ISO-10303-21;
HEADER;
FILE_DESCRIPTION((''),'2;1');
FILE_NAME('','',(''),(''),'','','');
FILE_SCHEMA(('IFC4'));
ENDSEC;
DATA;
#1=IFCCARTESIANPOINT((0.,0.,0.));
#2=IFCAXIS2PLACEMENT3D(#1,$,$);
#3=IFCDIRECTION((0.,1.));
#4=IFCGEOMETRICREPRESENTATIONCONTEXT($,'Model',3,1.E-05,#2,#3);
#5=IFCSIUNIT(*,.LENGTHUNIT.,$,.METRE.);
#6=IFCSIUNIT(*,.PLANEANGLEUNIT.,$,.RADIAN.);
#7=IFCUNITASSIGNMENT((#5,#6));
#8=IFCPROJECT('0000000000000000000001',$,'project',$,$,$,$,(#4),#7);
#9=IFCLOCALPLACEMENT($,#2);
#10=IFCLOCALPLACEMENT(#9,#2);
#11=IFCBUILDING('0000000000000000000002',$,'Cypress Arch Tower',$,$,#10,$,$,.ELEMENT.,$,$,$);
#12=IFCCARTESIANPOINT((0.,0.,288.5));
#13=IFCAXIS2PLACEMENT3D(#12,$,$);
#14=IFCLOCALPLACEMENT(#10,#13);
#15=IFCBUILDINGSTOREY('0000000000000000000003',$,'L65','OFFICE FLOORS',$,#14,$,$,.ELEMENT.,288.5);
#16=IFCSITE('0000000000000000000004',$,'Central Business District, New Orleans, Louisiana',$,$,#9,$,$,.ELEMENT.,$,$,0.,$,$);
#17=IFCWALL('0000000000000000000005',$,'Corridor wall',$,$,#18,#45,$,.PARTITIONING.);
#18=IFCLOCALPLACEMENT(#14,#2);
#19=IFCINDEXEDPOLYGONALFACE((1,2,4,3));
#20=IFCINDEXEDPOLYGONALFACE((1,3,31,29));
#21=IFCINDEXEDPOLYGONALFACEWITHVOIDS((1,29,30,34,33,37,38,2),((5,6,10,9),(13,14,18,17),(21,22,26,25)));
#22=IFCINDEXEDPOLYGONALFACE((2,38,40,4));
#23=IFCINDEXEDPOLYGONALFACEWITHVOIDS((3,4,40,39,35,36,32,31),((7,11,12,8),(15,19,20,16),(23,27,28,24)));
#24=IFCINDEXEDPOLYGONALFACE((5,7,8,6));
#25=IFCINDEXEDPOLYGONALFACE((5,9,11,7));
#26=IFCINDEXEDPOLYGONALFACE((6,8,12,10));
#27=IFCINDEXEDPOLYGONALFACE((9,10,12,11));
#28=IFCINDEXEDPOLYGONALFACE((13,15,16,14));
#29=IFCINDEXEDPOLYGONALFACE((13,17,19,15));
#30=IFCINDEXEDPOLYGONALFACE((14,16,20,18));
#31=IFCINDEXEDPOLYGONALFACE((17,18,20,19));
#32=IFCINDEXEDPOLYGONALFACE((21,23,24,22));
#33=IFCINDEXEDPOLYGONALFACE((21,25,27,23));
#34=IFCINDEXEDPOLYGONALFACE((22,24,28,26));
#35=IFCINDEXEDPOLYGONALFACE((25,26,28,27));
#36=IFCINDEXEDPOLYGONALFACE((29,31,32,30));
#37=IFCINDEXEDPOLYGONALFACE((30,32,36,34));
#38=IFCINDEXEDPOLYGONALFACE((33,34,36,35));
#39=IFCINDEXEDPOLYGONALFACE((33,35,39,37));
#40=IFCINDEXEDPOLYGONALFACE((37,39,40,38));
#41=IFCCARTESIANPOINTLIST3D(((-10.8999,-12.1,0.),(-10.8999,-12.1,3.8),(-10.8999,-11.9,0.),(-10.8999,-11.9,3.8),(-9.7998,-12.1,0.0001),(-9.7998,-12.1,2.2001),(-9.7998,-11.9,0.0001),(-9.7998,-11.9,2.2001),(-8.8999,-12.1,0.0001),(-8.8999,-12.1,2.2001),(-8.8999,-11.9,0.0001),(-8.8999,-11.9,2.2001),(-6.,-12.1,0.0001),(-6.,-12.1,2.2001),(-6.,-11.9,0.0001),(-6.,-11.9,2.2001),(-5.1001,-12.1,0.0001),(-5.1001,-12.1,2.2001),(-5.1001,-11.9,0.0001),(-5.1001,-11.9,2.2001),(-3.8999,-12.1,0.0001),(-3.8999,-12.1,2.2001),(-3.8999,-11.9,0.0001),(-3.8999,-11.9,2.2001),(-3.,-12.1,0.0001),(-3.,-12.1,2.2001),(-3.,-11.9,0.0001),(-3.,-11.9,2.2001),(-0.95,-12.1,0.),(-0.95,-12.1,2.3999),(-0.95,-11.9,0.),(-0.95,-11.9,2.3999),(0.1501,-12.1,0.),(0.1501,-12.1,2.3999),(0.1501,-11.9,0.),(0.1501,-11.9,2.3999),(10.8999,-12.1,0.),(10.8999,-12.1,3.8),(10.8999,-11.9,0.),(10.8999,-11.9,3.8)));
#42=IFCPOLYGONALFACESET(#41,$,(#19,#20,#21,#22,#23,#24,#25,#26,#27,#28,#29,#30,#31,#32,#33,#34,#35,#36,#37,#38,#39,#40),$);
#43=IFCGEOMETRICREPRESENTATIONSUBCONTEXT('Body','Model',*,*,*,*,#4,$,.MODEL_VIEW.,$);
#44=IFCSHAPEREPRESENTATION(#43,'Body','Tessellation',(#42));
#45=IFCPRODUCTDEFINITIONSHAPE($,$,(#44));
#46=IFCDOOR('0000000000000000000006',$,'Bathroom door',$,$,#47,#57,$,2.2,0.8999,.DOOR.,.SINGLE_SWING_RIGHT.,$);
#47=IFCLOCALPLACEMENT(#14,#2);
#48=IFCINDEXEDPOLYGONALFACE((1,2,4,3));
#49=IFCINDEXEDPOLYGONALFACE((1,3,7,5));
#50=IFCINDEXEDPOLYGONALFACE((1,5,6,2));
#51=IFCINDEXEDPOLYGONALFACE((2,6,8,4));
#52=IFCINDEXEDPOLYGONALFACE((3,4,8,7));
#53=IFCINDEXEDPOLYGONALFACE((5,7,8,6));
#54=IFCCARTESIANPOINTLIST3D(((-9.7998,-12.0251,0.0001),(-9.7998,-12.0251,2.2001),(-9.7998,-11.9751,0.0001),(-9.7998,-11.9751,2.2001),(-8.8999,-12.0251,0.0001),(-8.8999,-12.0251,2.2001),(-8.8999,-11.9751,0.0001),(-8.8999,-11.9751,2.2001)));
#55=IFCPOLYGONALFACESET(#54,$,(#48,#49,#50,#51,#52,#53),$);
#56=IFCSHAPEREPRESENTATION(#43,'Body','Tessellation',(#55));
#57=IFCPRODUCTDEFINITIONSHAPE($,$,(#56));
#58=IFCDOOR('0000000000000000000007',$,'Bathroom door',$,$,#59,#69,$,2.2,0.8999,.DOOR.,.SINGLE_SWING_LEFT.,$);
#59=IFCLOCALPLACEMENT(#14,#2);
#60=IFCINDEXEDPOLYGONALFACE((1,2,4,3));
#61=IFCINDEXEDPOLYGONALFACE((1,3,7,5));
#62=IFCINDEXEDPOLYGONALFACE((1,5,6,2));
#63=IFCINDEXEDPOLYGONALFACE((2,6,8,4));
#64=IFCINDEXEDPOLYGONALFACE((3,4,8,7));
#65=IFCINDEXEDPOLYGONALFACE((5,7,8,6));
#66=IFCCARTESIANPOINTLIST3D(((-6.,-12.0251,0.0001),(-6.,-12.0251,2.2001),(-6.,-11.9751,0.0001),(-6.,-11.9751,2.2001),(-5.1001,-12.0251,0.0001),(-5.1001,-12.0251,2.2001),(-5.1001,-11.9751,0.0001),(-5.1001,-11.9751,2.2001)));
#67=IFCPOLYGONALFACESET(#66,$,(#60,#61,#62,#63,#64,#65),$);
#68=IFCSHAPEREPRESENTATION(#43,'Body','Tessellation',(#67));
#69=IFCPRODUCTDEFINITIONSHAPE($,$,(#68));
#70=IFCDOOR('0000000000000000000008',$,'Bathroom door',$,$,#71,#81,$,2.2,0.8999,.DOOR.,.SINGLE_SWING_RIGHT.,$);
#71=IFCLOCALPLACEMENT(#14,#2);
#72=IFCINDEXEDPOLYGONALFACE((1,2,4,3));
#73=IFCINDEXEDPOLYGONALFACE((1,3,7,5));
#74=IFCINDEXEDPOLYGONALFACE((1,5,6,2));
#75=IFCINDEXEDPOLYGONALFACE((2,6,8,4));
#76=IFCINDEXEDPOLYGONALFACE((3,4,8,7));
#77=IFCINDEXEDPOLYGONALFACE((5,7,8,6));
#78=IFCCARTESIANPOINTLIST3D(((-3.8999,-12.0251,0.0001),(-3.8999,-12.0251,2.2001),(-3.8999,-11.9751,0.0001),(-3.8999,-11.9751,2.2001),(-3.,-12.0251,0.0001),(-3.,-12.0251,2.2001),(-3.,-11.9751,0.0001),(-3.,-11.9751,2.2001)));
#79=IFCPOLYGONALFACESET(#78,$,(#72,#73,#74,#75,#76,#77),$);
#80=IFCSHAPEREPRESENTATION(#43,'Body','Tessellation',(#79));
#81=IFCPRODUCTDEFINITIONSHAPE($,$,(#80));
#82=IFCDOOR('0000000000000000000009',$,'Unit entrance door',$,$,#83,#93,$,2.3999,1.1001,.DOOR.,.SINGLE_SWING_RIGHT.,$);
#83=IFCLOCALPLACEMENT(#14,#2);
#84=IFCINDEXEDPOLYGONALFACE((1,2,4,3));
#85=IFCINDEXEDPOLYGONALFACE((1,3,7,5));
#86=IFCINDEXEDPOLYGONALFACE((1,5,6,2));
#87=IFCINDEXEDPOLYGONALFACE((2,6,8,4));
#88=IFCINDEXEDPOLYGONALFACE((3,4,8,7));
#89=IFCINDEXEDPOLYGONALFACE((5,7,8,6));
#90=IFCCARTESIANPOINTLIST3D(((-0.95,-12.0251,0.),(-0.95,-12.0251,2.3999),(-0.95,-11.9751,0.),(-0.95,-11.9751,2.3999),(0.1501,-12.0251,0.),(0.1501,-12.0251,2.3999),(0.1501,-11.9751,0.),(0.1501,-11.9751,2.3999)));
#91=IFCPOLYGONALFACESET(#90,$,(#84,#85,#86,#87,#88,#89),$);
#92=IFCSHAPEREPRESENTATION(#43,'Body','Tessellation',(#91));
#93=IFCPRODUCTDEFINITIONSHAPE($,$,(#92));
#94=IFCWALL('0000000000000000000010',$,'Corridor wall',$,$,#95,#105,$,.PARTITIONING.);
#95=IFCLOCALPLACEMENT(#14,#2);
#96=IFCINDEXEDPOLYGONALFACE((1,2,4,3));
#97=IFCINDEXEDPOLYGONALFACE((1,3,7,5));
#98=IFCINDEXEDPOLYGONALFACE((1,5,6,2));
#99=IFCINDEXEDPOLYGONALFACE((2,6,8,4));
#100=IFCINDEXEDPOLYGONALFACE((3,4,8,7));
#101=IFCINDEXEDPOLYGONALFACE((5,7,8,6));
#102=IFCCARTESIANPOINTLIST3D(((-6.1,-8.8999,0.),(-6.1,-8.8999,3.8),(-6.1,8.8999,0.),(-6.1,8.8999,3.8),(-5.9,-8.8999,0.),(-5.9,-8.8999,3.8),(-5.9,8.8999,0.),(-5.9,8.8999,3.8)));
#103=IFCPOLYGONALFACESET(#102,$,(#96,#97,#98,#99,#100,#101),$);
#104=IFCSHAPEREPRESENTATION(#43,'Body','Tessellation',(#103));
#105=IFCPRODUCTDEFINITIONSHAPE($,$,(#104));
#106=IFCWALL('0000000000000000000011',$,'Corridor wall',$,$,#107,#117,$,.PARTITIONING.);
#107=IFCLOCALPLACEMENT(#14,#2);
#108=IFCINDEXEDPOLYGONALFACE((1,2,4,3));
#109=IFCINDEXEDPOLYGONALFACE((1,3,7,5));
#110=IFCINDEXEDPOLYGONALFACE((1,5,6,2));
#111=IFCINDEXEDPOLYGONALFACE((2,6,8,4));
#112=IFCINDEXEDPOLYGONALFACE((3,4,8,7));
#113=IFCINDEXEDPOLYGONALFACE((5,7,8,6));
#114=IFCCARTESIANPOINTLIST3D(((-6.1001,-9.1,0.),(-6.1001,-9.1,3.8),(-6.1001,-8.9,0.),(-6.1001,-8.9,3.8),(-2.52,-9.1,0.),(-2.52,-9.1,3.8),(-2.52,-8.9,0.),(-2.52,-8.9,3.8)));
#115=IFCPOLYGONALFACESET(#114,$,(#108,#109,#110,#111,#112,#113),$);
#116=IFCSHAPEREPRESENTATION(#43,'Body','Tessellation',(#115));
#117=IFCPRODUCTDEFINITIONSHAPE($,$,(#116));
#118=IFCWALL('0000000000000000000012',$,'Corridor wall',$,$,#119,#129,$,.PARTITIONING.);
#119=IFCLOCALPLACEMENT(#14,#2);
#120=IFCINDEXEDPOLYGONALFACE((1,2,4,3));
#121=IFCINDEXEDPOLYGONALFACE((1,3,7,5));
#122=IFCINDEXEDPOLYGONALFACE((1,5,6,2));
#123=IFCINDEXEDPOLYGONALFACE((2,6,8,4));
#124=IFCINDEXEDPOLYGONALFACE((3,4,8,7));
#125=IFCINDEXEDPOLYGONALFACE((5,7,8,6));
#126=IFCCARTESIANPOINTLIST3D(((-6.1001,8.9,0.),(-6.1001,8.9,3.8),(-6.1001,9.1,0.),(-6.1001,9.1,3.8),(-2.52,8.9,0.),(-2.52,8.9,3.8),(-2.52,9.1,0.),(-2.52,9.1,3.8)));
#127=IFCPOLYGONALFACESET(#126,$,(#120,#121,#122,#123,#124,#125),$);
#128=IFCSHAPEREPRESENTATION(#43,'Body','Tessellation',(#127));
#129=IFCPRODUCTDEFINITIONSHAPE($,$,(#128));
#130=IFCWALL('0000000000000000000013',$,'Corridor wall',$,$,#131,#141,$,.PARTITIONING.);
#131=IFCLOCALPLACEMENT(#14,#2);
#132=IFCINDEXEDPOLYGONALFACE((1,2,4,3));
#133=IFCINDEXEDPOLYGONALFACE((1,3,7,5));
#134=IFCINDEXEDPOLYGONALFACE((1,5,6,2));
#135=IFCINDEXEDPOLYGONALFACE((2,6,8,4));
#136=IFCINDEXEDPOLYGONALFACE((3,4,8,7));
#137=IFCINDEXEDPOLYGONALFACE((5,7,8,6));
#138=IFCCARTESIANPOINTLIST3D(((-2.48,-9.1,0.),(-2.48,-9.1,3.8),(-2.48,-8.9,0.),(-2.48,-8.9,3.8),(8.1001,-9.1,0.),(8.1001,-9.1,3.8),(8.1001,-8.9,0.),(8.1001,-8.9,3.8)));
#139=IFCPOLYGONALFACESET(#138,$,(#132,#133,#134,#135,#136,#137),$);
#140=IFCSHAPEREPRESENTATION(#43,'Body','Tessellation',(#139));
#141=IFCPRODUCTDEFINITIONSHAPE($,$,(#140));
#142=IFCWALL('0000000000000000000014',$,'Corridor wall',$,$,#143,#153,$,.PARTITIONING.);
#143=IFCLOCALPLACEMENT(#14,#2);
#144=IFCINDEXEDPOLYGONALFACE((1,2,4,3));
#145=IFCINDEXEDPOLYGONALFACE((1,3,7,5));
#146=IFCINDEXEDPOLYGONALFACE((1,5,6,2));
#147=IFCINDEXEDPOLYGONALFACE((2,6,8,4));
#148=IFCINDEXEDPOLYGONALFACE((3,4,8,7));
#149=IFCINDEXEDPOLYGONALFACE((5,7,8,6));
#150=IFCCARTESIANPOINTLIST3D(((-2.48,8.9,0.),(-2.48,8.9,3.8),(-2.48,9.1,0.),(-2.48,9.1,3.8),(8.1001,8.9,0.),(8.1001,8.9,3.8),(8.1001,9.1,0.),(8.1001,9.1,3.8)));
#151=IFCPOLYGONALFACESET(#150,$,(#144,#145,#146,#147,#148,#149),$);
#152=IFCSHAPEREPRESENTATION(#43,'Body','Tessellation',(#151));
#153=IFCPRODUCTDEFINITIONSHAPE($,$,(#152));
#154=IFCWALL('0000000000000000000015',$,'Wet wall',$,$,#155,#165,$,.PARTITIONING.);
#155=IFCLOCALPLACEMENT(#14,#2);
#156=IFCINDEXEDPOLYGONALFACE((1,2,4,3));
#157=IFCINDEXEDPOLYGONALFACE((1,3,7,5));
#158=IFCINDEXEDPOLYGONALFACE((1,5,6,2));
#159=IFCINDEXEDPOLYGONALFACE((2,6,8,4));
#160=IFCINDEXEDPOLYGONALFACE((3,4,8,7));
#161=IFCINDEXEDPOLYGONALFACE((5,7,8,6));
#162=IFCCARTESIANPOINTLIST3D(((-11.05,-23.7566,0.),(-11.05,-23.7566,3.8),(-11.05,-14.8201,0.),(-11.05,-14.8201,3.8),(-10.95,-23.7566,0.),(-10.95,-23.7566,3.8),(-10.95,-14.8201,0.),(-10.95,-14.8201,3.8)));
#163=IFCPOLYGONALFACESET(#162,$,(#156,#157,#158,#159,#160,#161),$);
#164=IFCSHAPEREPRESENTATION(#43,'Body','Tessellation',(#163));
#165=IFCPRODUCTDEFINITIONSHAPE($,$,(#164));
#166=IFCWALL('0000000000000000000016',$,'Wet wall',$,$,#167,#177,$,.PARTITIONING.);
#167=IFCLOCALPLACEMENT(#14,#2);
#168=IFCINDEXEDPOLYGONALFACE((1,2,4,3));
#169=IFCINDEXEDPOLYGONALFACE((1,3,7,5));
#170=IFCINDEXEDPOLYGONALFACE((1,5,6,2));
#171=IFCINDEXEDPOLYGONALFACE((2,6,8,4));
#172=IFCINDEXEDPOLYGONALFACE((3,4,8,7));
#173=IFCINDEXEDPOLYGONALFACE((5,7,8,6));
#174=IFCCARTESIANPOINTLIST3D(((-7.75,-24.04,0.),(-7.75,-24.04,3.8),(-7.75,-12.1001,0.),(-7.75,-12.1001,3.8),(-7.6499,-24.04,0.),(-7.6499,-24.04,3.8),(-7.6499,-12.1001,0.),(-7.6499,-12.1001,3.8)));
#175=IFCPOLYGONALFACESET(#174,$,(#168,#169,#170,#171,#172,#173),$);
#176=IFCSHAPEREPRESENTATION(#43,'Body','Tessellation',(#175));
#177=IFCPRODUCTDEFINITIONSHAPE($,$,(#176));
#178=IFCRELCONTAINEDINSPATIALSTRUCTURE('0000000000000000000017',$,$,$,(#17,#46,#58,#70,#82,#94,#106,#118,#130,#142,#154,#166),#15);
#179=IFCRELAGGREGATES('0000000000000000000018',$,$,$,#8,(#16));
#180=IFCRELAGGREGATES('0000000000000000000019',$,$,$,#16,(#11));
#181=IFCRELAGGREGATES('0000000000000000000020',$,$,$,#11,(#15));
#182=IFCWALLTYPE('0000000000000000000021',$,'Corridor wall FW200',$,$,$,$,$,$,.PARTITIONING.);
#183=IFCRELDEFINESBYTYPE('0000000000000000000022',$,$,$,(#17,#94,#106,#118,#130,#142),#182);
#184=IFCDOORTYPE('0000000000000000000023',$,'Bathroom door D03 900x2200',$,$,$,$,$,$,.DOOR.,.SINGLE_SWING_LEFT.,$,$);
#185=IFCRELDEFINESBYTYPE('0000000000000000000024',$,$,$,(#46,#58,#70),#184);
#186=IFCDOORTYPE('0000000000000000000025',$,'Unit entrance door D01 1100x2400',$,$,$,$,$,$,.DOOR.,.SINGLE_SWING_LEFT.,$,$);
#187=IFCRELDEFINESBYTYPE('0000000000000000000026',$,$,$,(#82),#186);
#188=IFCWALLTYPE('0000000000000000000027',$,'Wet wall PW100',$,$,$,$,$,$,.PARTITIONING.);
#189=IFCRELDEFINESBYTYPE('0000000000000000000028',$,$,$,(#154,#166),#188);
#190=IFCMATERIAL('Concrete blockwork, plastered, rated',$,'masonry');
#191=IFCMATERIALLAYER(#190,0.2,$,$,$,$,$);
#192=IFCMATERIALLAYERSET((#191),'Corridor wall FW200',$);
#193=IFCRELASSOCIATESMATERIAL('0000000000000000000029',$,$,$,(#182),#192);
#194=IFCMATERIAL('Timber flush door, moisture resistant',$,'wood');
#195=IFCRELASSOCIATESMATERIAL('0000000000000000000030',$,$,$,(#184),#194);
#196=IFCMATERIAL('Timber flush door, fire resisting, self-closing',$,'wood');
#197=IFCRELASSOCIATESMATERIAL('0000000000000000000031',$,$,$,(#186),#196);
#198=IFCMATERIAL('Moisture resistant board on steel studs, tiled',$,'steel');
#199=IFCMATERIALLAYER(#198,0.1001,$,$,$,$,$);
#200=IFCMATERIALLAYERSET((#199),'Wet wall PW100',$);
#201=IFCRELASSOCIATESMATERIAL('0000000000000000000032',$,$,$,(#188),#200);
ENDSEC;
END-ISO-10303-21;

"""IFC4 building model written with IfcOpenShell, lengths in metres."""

from ifc_helpers import new_model, si_unit, direction, frame, frame_2d, origin, place, context, subcontext, project, spatial, rectangle, extrude, material, layer, layer_set, type_object, element, fill, save


model = new_model("IFC4")

# Units and contexts
model_context = context("Model", 3, precision=1e-05, world=origin(), true_north=direction((0.0, 1.0)))
body_context = subcontext(model_context, "Body", "Model", "MODEL_VIEW")
ifc_project = project(units=[si_unit("LENGTHUNIT", "METRE"), si_unit("PLANEANGLEUNIT", "RADIAN")], contexts=[model_context])

# Site, building, storey
site_placement = place(None, origin())
site = spatial("IfcSite", under=ifc_project, at=site_placement, Name="Central Business District, New Orleans, Louisiana", CompositionType="ELEMENT", RefElevation=0.0)
building_placement = place(site_placement, origin())
building = spatial("IfcBuilding", under=site, at=building_placement, Name="Cypress Arch Tower", CompositionType="ELEMENT")
storey_placement = place(building_placement, frame((0.0, 0.0, 288.5)))
storey = spatial("IfcBuildingStorey", under=building, at=storey_placement, Name="L65", Description="OFFICE FLOORS", CompositionType="ELEMENT", Elevation=288.5)

# Wall, openings, doors
ifc_material_1 = material(Name="Concrete blockwork, plastered, rated", Category="masonry")
ifc_layer_1 = layer(ifc_material_1, 0.2)
ifc_layer_set_1 = layer_set([ifc_layer_1], Name="Corridor wall FW200")
wall_type_1 = type_object("IfcWallType", Name="Corridor wall FW200", PredefinedType="PARTITIONING", material=ifc_layer_set_1)
wall_1_placement = place(storey_placement, frame((-10.8999, -12.0, 0.0), z_axis=(0.0, 0.0, 1.0), x_axis=(1.0, 0.0, 0.0)))
wall_1 = element("IfcWall", 1, at=wall_1_placement, inside=storey, type_object=wall_type_1, Name="Corridor wall", PredefinedType="PARTITIONING", context=body_context, shape_type="SweptSolid", body=[
    extrude(rectangle(XDim=21.7998, YDim=0.2, at=frame_2d((10.8999, 0.0))), origin(), (0.0, 0.0, 1.0), 3.8),
])
opening_1_placement = place(wall_1_placement, frame((1.1001, 0.0, 0.0)))
opening_1 = element("IfcOpeningElement", 2, at=opening_1_placement, cuts=wall_1, PredefinedType="OPENING", context=body_context, shape_type="SweptSolid", body=[
    extrude(rectangle(XDim=0.8999, YDim=2.2, at=frame_2d((0.45, 1.1001))), frame((0.0, 0.1099, 0.0), z_axis=(0.0, -1.0, 0.0), x_axis=(1.0, 0.0, 0.0)), (0.0, 0.0, 1.0), 0.22),
])
opening_2_placement = place(wall_1_placement, frame((4.8999, 0.0, 0.0)))
opening_2 = element("IfcOpeningElement", 3, at=opening_2_placement, cuts=wall_1, PredefinedType="OPENING", context=body_context, shape_type="SweptSolid", body=[
    extrude(rectangle(XDim=0.8999, YDim=2.2, at=frame_2d((0.45, 1.1001))), frame((0.0, 0.1099, 0.0), z_axis=(0.0, -1.0, 0.0), x_axis=(1.0, 0.0, 0.0)), (0.0, 0.0, 1.0), 0.22),
])
opening_3_placement = place(wall_1_placement, frame((7.0, 0.0, 0.0)))
opening_3 = element("IfcOpeningElement", 4, at=opening_3_placement, cuts=wall_1, PredefinedType="OPENING", context=body_context, shape_type="SweptSolid", body=[
    extrude(rectangle(XDim=0.8999, YDim=2.2, at=frame_2d((0.45, 1.1001))), frame((0.0, 0.1099, 0.0), z_axis=(0.0, -1.0, 0.0), x_axis=(1.0, 0.0, 0.0)), (0.0, 0.0, 1.0), 0.22),
])
opening_4_placement = place(wall_1_placement, frame((9.95, 0.0, 0.0)))
opening_4 = element("IfcOpeningElement", 5, at=opening_4_placement, cuts=wall_1, PredefinedType="OPENING", context=body_context, shape_type="SweptSolid", body=[
    extrude(rectangle(XDim=1.1001, YDim=2.3999, at=frame_2d((0.55, 1.2))), frame((0.0, 0.1099, 0.0), z_axis=(0.0, -1.0, 0.0), x_axis=(1.0, 0.0, 0.0)), (0.0, 0.0, 1.0), 0.22),
])
ifc_material_2 = material(Name="Timber flush door, moisture resistant", Category="wood")
door_type_1 = type_object("IfcDoorType", Name="Bathroom door D03 900x2200", OperationType="SINGLE_SWING_LEFT", PredefinedType="DOOR", material=ifc_material_2)
door_1_placement = place(opening_1_placement, origin())
door_1 = element("IfcDoor", 6, at=door_1_placement, inside=storey, type_object=door_type_1, Name="Bathroom door", OperationType="SINGLE_SWING_RIGHT", OverallHeight=2.2, OverallWidth=0.8999, PredefinedType="DOOR", context=body_context, shape_type="SweptSolid", body=[
    extrude(rectangle(XDim=0.8999, YDim=2.2, at=frame_2d((0.45, 1.1001))), frame((0.0, 0.0249, 0.0), z_axis=(0.0, -1.0, 0.0), x_axis=(1.0, 0.0, 0.0)), (0.0, 0.0, 1.0), 0.05),
])
fill(opening_1, door_1)
door_2_placement = place(opening_2_placement, origin())
door_2 = element("IfcDoor", 7, at=door_2_placement, inside=storey, type_object=door_type_1, Name="Bathroom door", OperationType="SINGLE_SWING_LEFT", OverallHeight=2.2, OverallWidth=0.8999, PredefinedType="DOOR", context=body_context, shape_type="SweptSolid", body=[
    extrude(rectangle(XDim=0.8999, YDim=2.2, at=frame_2d((0.45, 1.1001))), frame((0.0, 0.0249, 0.0), z_axis=(0.0, -1.0, 0.0), x_axis=(1.0, 0.0, 0.0)), (0.0, 0.0, 1.0), 0.05),
])
fill(opening_2, door_2)
door_3_placement = place(opening_3_placement, origin())
door_3 = element("IfcDoor", 8, at=door_3_placement, inside=storey, type_object=door_type_1, Name="Bathroom door", OperationType="SINGLE_SWING_RIGHT", OverallHeight=2.2, OverallWidth=0.8999, PredefinedType="DOOR", context=body_context, shape_type="SweptSolid", body=[
    extrude(rectangle(XDim=0.8999, YDim=2.2, at=frame_2d((0.45, 1.1001))), frame((0.0, 0.0249, 0.0), z_axis=(0.0, -1.0, 0.0), x_axis=(1.0, 0.0, 0.0)), (0.0, 0.0, 1.0), 0.05),
])
fill(opening_3, door_3)
ifc_material_3 = material(Name="Timber flush door, fire resisting, self-closing", Category="wood")
door_type_2 = type_object("IfcDoorType", Name="Unit entrance door D01 1100x2400", OperationType="SINGLE_SWING_LEFT", PredefinedType="DOOR", material=ifc_material_3)
door_4_placement = place(opening_4_placement, origin())
door_4 = element("IfcDoor", 9, at=door_4_placement, inside=storey, type_object=door_type_2, Name="Unit entrance door", OperationType="SINGLE_SWING_RIGHT", OverallHeight=2.3999, OverallWidth=1.1001, PredefinedType="DOOR", context=body_context, shape_type="SweptSolid", body=[
    extrude(rectangle(XDim=1.1001, YDim=2.3999, at=frame_2d((0.55, 1.2))), frame((0.0, 0.0249, 0.0), z_axis=(0.0, -1.0, 0.0), x_axis=(1.0, 0.0, 0.0)), (0.0, 0.0, 1.0), 0.05),
])
fill(opening_4, door_4)

# Walls
wall_2_placement = place(storey_placement, frame((-6.0, -8.8999, 0.0), z_axis=(0.0, 0.0, 1.0), x_axis=(0.0, 1.0, 0.0)))
element("IfcWall", 10, at=wall_2_placement, inside=storey, type_object=wall_type_1, Name="Corridor wall", PredefinedType="PARTITIONING", context=body_context, shape_type="SweptSolid", body=[
    extrude(rectangle(XDim=17.7998, YDim=0.2, at=frame_2d((8.8999, 0.0))), origin(), (0.0, 0.0, 1.0), 3.8),
])
for number, where, z_axis, x_axis, name in (
    (11, (-6.1001, -9.0, 0.0), (0.0, 0.0, 1.0), (1.0, 0.0, 0.0), "Corridor wall"),
    (12, (-6.1001, 9.0, 0.0), (0.0, 0.0, 1.0), (1.0, 0.0, 0.0), "Corridor wall"),
):
    element("IfcWall", number, at=place(storey_placement, frame(where, z_axis=z_axis, x_axis=x_axis)), inside=storey, type_object=wall_type_1, Name=name, PredefinedType="PARTITIONING", context=body_context, shape_type="SweptSolid", body=[
        extrude(rectangle(XDim=3.5801, YDim=0.2, at=frame_2d((1.79, 0.0))), origin(), (0.0, 0.0, 1.0), 3.8),
    ])
for number, where, z_axis, x_axis, name in (
    (13, (-2.48, -9.0, 0.0), (0.0, 0.0, 1.0), (1.0, 0.0, 0.0), "Corridor wall"),
    (14, (-2.48, 9.0, 0.0), (0.0, 0.0, 1.0), (1.0, 0.0, 0.0), "Corridor wall"),
):
    element("IfcWall", number, at=place(storey_placement, frame(where, z_axis=z_axis, x_axis=x_axis)), inside=storey, type_object=wall_type_1, Name=name, PredefinedType="PARTITIONING", context=body_context, shape_type="SweptSolid", body=[
        extrude(rectangle(XDim=10.5801, YDim=0.2, at=frame_2d((5.29, 0.0))), origin(), (0.0, 0.0, 1.0), 3.8),
    ])
ifc_material_4 = material(Name="Moisture resistant board on steel studs, tiled", Category="steel")
ifc_layer_2 = layer(ifc_material_4, 0.1001)
ifc_layer_set_2 = layer_set([ifc_layer_2], Name="Wet wall PW100")
wall_type_2 = type_object("IfcWallType", Name="Wet wall PW100", PredefinedType="PARTITIONING", material=ifc_layer_set_2)
wall_3_placement = place(storey_placement, frame((-11.0, -23.7566, 0.0), z_axis=(0.0, 0.0, 1.0), x_axis=(0.0, 1.0, 0.0)))
element("IfcWall", 15, at=wall_3_placement, inside=storey, type_object=wall_type_2, Name="Wet wall", PredefinedType="PARTITIONING", context=body_context, shape_type="SweptSolid", body=[
    extrude(rectangle(XDim=8.9365, YDim=0.1001, at=frame_2d((4.4683, 0.0))), origin(), (0.0, 0.0, 1.0), 3.8),
])
for number, where, z_axis, x_axis, name in (
    (16, (-7.7, -24.04, 0.0), (0.0, 0.0, 1.0), (0.0, 1.0, 0.0), "Wet wall"),
):
    element("IfcWall", number, at=place(storey_placement, frame(where, z_axis=z_axis, x_axis=x_axis)), inside=storey, type_object=wall_type_2, Name=name, PredefinedType="PARTITIONING", context=body_context, shape_type="SweptSolid", body=[
        extrude(rectangle(XDim=11.9399, YDim=0.1001, at=frame_2d((5.97, 0.0))), origin(), (0.0, 0.0, 1.0), 3.8),
    ])

save(model, "model.ifc")
